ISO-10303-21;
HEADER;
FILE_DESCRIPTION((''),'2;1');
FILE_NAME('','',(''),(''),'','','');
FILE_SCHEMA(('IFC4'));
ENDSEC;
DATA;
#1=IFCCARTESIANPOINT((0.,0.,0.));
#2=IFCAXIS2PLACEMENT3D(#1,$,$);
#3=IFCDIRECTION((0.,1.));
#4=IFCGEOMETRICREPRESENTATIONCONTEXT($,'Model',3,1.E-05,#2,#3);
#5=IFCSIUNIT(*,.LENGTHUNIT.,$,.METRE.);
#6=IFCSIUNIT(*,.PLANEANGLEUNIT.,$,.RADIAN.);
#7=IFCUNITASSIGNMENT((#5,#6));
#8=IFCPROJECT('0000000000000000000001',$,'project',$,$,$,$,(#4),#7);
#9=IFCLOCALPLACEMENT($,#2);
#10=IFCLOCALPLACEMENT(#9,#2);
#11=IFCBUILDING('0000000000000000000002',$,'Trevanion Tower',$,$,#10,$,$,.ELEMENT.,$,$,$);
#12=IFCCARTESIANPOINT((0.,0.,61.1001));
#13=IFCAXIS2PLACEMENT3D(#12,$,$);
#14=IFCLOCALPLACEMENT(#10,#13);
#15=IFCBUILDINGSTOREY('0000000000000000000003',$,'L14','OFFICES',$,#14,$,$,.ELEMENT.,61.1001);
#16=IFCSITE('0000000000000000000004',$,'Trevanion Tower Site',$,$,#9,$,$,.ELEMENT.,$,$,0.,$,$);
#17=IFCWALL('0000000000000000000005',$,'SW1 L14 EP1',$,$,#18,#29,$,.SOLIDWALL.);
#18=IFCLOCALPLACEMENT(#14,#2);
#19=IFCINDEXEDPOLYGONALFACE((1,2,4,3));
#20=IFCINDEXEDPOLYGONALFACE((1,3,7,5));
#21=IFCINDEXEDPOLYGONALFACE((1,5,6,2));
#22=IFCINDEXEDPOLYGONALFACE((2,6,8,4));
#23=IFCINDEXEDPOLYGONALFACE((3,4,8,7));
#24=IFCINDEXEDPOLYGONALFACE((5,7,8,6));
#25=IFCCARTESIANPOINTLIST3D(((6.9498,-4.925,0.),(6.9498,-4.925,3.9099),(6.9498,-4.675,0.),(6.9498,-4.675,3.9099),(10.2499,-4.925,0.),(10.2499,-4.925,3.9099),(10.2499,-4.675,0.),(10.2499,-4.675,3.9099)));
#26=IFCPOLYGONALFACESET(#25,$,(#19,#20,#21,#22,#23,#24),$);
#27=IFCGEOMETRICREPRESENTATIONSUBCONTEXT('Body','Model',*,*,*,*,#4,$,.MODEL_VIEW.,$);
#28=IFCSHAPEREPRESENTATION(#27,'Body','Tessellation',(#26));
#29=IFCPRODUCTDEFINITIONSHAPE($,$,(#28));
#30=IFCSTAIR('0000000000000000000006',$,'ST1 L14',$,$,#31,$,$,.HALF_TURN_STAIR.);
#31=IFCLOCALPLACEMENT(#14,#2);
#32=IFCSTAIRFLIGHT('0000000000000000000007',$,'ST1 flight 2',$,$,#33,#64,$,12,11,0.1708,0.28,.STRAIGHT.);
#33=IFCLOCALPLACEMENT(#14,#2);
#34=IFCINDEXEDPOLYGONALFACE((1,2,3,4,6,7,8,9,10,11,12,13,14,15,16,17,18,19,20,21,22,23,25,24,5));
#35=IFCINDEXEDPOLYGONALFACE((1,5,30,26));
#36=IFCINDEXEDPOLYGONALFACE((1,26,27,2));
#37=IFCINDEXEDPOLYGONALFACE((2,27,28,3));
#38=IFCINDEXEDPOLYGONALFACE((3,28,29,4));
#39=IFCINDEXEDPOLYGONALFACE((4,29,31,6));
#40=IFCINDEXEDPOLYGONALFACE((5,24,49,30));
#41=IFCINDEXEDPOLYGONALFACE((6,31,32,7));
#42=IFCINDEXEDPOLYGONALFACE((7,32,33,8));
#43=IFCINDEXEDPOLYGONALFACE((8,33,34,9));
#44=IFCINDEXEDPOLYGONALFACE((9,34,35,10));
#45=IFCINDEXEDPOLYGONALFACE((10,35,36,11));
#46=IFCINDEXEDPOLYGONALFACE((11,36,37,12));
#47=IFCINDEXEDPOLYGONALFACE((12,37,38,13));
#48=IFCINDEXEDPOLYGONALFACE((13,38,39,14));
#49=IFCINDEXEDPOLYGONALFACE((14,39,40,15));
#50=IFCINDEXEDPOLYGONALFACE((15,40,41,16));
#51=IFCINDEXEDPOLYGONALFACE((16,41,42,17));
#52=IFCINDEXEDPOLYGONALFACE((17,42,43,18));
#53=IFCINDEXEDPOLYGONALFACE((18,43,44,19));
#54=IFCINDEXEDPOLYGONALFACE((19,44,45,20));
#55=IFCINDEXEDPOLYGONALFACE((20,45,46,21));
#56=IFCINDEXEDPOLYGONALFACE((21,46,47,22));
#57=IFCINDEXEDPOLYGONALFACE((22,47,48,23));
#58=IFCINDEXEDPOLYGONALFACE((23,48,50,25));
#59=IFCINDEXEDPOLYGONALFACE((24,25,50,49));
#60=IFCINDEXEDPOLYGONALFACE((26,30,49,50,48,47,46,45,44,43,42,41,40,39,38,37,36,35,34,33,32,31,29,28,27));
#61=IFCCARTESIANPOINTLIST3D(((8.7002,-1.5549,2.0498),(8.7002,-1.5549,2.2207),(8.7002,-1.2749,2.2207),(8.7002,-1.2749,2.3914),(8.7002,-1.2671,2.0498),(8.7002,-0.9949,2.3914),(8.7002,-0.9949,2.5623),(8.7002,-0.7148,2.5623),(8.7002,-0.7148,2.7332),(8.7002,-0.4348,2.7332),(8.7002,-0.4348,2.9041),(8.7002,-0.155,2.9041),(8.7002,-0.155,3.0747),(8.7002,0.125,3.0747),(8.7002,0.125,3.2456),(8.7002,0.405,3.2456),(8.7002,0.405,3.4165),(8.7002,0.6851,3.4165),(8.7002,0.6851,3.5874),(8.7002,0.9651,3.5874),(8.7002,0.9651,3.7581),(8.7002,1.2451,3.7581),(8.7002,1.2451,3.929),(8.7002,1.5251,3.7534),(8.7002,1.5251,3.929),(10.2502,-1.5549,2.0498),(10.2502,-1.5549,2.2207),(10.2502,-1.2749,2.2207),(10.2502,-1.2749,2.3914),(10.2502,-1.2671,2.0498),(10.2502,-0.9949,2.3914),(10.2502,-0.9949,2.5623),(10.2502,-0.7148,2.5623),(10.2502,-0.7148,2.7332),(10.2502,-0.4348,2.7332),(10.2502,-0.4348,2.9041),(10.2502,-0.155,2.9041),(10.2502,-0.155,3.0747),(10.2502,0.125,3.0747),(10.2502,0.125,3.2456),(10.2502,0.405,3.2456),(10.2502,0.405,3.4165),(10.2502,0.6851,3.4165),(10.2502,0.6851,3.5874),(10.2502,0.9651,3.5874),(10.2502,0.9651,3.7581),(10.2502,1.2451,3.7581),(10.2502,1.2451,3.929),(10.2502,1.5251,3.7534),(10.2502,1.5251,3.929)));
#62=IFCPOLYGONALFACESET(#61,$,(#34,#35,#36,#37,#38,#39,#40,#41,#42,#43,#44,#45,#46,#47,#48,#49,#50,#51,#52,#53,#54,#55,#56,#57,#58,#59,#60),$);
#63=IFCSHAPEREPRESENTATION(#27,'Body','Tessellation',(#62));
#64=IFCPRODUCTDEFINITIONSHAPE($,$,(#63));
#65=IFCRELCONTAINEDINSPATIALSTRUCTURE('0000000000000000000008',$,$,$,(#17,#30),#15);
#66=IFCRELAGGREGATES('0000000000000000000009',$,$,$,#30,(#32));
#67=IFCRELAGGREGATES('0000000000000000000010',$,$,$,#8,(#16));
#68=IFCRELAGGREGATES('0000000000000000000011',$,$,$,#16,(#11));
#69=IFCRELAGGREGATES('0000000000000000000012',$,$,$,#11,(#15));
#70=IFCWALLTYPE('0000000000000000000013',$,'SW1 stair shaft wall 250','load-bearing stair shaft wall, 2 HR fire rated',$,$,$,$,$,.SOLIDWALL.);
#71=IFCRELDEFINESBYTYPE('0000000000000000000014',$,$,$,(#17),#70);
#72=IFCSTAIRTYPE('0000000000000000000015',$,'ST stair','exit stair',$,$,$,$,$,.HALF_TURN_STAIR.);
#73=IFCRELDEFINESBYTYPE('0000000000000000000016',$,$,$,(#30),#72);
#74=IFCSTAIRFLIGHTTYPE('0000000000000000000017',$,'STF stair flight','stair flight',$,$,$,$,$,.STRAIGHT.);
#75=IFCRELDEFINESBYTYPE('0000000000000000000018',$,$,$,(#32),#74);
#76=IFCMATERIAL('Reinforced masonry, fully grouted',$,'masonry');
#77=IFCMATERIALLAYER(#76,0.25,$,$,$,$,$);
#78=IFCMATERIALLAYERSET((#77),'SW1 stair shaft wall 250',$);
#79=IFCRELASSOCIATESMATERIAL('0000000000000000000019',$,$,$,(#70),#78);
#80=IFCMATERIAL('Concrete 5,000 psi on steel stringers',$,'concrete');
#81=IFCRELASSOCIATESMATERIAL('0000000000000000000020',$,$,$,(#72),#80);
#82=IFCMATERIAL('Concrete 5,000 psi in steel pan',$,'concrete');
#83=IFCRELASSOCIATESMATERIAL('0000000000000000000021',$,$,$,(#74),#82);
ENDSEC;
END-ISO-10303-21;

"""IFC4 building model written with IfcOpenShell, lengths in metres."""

from ifc_helpers import new_model, si_unit, direction, frame, frame_2d, origin, place, context, subcontext, project, spatial, polyline, rectangle, outline, extrude, material, layer, layer_set, type_object, element, aggregate, save


model = new_model("IFC4")

# Units and contexts
model_context = context("Model", 3, precision=1e-05, world=origin(), true_north=direction((0.0, 1.0)))
body_context = subcontext(model_context, "Body", "Model", "MODEL_VIEW")
ifc_project = project(units=[si_unit("LENGTHUNIT", "METRE"), si_unit("PLANEANGLEUNIT", "RADIAN")], contexts=[model_context])

# Site, building, storey
site_placement = place(None, origin())
site = spatial("IfcSite", under=ifc_project, at=site_placement, Name="Trevanion Tower Site", CompositionType="ELEMENT", RefElevation=0.0)
building_placement = place(site_placement, origin())
building = spatial("IfcBuilding", under=site, at=building_placement, Name="Trevanion Tower", CompositionType="ELEMENT")
storey_placement = place(building_placement, frame((0.0, 0.0, 61.1001)))
storey = spatial("IfcBuildingStorey", under=building, at=storey_placement, Name="L14", Description="OFFICES", CompositionType="ELEMENT", Elevation=61.1001)

# Wall
ifc_material_1 = material(Name="Reinforced masonry, fully grouted", Category="masonry")
ifc_layer_1 = layer(ifc_material_1, 0.25)
ifc_layer_set_1 = layer_set([ifc_layer_1], Name="SW1 stair shaft wall 250")
wall_type_1 = type_object("IfcWallType", Name="SW1 stair shaft wall 250", Description="load-bearing stair shaft wall, 2 HR fire rated", PredefinedType="SOLIDWALL", material=ifc_layer_set_1)
wall_1_placement = place(storey_placement, frame((6.95, -4.8, 0.0), z_axis=(0.0, 0.0, 1.0), x_axis=(1.0, 0.0, 0.0)))
element("IfcWall", 1, at=wall_1_placement, inside=storey, type_object=wall_type_1, Name="SW1 L14 EP1", PredefinedType="SOLIDWALL", context=body_context, shape_type="SweptSolid", body=[
    extrude(rectangle(XDim=3.3, YDim=0.25, at=frame_2d((1.6499, 0.0))), origin(), (0.0, 0.0, 1.0), 3.9099),
])

# Stair, stair flight
ifc_material_2 = material(Name="Concrete 5,000 psi on steel stringers", Category="concrete")
stair_type = type_object("IfcStairType", Name="ST stair", Description="exit stair", PredefinedType="HALF_TURN_STAIR", material=ifc_material_2)
stair_placement = place(storey_placement, origin())
stair = element("IfcStair", 2, at=stair_placement, inside=storey, type_object=stair_type, Name="ST1 L14", PredefinedType="HALF_TURN_STAIR")
ifc_material_3 = material(Name="Concrete 5,000 psi in steel pan", Category="concrete")
stair_flight_type = type_object("IfcStairFlightType", Name="STF stair flight", Description="stair flight", PredefinedType="STRAIGHT", material=ifc_material_3)
stair_flight_placement = place(storey_placement, frame((9.4751, -1.5549, 2.0498), z_axis=(0.0, 0.0, 1.0), x_axis=(0.0, 1.0, 0.0)))
stair_flight = element("IfcStairFlight", 3, at=stair_flight_placement, type_object=stair_flight_type, Name="ST1 flight 2", NumberOfRisers=12, NumberOfTreads=11, PredefinedType="STRAIGHT", RiserHeight=0.1708, TreadLength=0.28, context=body_context, shape_type="SweptSolid", body=[
    extrude(outline(polyline([(0.0, 0.0), (0.0, 0.1709), (0.28, 0.1709), (0.28, 0.3416), (0.5601, 0.3416), (0.5601, 0.5125), (0.8401, 0.5125), (0.8401, 0.6833), (1.1201, 0.6833), (1.1201, 0.8542), (1.3999, 0.8542), (1.3999, 1.0249), (1.6799, 1.0249), (1.6799, 1.1958), (1.96, 1.1958), (1.96, 1.3667), (2.24, 1.3667), (2.24, 1.5376), (2.52, 1.5376), (2.52, 1.7083), (2.8, 1.7083), (2.8, 1.8792), (3.0801, 1.8792), (3.0801, 2.05), (3.0801, 1.7036), (0.2878, 0.0), (0.0, 0.0)])), frame((0.0, 0.7749, 0.0), z_axis=(0.0, -1.0, 0.0), x_axis=(1.0, 0.0, 0.0)), (0.0, 0.0, 1.0), 1.55),
])
aggregate(stair, [stair_flight])

save(model, "model.ifc")
